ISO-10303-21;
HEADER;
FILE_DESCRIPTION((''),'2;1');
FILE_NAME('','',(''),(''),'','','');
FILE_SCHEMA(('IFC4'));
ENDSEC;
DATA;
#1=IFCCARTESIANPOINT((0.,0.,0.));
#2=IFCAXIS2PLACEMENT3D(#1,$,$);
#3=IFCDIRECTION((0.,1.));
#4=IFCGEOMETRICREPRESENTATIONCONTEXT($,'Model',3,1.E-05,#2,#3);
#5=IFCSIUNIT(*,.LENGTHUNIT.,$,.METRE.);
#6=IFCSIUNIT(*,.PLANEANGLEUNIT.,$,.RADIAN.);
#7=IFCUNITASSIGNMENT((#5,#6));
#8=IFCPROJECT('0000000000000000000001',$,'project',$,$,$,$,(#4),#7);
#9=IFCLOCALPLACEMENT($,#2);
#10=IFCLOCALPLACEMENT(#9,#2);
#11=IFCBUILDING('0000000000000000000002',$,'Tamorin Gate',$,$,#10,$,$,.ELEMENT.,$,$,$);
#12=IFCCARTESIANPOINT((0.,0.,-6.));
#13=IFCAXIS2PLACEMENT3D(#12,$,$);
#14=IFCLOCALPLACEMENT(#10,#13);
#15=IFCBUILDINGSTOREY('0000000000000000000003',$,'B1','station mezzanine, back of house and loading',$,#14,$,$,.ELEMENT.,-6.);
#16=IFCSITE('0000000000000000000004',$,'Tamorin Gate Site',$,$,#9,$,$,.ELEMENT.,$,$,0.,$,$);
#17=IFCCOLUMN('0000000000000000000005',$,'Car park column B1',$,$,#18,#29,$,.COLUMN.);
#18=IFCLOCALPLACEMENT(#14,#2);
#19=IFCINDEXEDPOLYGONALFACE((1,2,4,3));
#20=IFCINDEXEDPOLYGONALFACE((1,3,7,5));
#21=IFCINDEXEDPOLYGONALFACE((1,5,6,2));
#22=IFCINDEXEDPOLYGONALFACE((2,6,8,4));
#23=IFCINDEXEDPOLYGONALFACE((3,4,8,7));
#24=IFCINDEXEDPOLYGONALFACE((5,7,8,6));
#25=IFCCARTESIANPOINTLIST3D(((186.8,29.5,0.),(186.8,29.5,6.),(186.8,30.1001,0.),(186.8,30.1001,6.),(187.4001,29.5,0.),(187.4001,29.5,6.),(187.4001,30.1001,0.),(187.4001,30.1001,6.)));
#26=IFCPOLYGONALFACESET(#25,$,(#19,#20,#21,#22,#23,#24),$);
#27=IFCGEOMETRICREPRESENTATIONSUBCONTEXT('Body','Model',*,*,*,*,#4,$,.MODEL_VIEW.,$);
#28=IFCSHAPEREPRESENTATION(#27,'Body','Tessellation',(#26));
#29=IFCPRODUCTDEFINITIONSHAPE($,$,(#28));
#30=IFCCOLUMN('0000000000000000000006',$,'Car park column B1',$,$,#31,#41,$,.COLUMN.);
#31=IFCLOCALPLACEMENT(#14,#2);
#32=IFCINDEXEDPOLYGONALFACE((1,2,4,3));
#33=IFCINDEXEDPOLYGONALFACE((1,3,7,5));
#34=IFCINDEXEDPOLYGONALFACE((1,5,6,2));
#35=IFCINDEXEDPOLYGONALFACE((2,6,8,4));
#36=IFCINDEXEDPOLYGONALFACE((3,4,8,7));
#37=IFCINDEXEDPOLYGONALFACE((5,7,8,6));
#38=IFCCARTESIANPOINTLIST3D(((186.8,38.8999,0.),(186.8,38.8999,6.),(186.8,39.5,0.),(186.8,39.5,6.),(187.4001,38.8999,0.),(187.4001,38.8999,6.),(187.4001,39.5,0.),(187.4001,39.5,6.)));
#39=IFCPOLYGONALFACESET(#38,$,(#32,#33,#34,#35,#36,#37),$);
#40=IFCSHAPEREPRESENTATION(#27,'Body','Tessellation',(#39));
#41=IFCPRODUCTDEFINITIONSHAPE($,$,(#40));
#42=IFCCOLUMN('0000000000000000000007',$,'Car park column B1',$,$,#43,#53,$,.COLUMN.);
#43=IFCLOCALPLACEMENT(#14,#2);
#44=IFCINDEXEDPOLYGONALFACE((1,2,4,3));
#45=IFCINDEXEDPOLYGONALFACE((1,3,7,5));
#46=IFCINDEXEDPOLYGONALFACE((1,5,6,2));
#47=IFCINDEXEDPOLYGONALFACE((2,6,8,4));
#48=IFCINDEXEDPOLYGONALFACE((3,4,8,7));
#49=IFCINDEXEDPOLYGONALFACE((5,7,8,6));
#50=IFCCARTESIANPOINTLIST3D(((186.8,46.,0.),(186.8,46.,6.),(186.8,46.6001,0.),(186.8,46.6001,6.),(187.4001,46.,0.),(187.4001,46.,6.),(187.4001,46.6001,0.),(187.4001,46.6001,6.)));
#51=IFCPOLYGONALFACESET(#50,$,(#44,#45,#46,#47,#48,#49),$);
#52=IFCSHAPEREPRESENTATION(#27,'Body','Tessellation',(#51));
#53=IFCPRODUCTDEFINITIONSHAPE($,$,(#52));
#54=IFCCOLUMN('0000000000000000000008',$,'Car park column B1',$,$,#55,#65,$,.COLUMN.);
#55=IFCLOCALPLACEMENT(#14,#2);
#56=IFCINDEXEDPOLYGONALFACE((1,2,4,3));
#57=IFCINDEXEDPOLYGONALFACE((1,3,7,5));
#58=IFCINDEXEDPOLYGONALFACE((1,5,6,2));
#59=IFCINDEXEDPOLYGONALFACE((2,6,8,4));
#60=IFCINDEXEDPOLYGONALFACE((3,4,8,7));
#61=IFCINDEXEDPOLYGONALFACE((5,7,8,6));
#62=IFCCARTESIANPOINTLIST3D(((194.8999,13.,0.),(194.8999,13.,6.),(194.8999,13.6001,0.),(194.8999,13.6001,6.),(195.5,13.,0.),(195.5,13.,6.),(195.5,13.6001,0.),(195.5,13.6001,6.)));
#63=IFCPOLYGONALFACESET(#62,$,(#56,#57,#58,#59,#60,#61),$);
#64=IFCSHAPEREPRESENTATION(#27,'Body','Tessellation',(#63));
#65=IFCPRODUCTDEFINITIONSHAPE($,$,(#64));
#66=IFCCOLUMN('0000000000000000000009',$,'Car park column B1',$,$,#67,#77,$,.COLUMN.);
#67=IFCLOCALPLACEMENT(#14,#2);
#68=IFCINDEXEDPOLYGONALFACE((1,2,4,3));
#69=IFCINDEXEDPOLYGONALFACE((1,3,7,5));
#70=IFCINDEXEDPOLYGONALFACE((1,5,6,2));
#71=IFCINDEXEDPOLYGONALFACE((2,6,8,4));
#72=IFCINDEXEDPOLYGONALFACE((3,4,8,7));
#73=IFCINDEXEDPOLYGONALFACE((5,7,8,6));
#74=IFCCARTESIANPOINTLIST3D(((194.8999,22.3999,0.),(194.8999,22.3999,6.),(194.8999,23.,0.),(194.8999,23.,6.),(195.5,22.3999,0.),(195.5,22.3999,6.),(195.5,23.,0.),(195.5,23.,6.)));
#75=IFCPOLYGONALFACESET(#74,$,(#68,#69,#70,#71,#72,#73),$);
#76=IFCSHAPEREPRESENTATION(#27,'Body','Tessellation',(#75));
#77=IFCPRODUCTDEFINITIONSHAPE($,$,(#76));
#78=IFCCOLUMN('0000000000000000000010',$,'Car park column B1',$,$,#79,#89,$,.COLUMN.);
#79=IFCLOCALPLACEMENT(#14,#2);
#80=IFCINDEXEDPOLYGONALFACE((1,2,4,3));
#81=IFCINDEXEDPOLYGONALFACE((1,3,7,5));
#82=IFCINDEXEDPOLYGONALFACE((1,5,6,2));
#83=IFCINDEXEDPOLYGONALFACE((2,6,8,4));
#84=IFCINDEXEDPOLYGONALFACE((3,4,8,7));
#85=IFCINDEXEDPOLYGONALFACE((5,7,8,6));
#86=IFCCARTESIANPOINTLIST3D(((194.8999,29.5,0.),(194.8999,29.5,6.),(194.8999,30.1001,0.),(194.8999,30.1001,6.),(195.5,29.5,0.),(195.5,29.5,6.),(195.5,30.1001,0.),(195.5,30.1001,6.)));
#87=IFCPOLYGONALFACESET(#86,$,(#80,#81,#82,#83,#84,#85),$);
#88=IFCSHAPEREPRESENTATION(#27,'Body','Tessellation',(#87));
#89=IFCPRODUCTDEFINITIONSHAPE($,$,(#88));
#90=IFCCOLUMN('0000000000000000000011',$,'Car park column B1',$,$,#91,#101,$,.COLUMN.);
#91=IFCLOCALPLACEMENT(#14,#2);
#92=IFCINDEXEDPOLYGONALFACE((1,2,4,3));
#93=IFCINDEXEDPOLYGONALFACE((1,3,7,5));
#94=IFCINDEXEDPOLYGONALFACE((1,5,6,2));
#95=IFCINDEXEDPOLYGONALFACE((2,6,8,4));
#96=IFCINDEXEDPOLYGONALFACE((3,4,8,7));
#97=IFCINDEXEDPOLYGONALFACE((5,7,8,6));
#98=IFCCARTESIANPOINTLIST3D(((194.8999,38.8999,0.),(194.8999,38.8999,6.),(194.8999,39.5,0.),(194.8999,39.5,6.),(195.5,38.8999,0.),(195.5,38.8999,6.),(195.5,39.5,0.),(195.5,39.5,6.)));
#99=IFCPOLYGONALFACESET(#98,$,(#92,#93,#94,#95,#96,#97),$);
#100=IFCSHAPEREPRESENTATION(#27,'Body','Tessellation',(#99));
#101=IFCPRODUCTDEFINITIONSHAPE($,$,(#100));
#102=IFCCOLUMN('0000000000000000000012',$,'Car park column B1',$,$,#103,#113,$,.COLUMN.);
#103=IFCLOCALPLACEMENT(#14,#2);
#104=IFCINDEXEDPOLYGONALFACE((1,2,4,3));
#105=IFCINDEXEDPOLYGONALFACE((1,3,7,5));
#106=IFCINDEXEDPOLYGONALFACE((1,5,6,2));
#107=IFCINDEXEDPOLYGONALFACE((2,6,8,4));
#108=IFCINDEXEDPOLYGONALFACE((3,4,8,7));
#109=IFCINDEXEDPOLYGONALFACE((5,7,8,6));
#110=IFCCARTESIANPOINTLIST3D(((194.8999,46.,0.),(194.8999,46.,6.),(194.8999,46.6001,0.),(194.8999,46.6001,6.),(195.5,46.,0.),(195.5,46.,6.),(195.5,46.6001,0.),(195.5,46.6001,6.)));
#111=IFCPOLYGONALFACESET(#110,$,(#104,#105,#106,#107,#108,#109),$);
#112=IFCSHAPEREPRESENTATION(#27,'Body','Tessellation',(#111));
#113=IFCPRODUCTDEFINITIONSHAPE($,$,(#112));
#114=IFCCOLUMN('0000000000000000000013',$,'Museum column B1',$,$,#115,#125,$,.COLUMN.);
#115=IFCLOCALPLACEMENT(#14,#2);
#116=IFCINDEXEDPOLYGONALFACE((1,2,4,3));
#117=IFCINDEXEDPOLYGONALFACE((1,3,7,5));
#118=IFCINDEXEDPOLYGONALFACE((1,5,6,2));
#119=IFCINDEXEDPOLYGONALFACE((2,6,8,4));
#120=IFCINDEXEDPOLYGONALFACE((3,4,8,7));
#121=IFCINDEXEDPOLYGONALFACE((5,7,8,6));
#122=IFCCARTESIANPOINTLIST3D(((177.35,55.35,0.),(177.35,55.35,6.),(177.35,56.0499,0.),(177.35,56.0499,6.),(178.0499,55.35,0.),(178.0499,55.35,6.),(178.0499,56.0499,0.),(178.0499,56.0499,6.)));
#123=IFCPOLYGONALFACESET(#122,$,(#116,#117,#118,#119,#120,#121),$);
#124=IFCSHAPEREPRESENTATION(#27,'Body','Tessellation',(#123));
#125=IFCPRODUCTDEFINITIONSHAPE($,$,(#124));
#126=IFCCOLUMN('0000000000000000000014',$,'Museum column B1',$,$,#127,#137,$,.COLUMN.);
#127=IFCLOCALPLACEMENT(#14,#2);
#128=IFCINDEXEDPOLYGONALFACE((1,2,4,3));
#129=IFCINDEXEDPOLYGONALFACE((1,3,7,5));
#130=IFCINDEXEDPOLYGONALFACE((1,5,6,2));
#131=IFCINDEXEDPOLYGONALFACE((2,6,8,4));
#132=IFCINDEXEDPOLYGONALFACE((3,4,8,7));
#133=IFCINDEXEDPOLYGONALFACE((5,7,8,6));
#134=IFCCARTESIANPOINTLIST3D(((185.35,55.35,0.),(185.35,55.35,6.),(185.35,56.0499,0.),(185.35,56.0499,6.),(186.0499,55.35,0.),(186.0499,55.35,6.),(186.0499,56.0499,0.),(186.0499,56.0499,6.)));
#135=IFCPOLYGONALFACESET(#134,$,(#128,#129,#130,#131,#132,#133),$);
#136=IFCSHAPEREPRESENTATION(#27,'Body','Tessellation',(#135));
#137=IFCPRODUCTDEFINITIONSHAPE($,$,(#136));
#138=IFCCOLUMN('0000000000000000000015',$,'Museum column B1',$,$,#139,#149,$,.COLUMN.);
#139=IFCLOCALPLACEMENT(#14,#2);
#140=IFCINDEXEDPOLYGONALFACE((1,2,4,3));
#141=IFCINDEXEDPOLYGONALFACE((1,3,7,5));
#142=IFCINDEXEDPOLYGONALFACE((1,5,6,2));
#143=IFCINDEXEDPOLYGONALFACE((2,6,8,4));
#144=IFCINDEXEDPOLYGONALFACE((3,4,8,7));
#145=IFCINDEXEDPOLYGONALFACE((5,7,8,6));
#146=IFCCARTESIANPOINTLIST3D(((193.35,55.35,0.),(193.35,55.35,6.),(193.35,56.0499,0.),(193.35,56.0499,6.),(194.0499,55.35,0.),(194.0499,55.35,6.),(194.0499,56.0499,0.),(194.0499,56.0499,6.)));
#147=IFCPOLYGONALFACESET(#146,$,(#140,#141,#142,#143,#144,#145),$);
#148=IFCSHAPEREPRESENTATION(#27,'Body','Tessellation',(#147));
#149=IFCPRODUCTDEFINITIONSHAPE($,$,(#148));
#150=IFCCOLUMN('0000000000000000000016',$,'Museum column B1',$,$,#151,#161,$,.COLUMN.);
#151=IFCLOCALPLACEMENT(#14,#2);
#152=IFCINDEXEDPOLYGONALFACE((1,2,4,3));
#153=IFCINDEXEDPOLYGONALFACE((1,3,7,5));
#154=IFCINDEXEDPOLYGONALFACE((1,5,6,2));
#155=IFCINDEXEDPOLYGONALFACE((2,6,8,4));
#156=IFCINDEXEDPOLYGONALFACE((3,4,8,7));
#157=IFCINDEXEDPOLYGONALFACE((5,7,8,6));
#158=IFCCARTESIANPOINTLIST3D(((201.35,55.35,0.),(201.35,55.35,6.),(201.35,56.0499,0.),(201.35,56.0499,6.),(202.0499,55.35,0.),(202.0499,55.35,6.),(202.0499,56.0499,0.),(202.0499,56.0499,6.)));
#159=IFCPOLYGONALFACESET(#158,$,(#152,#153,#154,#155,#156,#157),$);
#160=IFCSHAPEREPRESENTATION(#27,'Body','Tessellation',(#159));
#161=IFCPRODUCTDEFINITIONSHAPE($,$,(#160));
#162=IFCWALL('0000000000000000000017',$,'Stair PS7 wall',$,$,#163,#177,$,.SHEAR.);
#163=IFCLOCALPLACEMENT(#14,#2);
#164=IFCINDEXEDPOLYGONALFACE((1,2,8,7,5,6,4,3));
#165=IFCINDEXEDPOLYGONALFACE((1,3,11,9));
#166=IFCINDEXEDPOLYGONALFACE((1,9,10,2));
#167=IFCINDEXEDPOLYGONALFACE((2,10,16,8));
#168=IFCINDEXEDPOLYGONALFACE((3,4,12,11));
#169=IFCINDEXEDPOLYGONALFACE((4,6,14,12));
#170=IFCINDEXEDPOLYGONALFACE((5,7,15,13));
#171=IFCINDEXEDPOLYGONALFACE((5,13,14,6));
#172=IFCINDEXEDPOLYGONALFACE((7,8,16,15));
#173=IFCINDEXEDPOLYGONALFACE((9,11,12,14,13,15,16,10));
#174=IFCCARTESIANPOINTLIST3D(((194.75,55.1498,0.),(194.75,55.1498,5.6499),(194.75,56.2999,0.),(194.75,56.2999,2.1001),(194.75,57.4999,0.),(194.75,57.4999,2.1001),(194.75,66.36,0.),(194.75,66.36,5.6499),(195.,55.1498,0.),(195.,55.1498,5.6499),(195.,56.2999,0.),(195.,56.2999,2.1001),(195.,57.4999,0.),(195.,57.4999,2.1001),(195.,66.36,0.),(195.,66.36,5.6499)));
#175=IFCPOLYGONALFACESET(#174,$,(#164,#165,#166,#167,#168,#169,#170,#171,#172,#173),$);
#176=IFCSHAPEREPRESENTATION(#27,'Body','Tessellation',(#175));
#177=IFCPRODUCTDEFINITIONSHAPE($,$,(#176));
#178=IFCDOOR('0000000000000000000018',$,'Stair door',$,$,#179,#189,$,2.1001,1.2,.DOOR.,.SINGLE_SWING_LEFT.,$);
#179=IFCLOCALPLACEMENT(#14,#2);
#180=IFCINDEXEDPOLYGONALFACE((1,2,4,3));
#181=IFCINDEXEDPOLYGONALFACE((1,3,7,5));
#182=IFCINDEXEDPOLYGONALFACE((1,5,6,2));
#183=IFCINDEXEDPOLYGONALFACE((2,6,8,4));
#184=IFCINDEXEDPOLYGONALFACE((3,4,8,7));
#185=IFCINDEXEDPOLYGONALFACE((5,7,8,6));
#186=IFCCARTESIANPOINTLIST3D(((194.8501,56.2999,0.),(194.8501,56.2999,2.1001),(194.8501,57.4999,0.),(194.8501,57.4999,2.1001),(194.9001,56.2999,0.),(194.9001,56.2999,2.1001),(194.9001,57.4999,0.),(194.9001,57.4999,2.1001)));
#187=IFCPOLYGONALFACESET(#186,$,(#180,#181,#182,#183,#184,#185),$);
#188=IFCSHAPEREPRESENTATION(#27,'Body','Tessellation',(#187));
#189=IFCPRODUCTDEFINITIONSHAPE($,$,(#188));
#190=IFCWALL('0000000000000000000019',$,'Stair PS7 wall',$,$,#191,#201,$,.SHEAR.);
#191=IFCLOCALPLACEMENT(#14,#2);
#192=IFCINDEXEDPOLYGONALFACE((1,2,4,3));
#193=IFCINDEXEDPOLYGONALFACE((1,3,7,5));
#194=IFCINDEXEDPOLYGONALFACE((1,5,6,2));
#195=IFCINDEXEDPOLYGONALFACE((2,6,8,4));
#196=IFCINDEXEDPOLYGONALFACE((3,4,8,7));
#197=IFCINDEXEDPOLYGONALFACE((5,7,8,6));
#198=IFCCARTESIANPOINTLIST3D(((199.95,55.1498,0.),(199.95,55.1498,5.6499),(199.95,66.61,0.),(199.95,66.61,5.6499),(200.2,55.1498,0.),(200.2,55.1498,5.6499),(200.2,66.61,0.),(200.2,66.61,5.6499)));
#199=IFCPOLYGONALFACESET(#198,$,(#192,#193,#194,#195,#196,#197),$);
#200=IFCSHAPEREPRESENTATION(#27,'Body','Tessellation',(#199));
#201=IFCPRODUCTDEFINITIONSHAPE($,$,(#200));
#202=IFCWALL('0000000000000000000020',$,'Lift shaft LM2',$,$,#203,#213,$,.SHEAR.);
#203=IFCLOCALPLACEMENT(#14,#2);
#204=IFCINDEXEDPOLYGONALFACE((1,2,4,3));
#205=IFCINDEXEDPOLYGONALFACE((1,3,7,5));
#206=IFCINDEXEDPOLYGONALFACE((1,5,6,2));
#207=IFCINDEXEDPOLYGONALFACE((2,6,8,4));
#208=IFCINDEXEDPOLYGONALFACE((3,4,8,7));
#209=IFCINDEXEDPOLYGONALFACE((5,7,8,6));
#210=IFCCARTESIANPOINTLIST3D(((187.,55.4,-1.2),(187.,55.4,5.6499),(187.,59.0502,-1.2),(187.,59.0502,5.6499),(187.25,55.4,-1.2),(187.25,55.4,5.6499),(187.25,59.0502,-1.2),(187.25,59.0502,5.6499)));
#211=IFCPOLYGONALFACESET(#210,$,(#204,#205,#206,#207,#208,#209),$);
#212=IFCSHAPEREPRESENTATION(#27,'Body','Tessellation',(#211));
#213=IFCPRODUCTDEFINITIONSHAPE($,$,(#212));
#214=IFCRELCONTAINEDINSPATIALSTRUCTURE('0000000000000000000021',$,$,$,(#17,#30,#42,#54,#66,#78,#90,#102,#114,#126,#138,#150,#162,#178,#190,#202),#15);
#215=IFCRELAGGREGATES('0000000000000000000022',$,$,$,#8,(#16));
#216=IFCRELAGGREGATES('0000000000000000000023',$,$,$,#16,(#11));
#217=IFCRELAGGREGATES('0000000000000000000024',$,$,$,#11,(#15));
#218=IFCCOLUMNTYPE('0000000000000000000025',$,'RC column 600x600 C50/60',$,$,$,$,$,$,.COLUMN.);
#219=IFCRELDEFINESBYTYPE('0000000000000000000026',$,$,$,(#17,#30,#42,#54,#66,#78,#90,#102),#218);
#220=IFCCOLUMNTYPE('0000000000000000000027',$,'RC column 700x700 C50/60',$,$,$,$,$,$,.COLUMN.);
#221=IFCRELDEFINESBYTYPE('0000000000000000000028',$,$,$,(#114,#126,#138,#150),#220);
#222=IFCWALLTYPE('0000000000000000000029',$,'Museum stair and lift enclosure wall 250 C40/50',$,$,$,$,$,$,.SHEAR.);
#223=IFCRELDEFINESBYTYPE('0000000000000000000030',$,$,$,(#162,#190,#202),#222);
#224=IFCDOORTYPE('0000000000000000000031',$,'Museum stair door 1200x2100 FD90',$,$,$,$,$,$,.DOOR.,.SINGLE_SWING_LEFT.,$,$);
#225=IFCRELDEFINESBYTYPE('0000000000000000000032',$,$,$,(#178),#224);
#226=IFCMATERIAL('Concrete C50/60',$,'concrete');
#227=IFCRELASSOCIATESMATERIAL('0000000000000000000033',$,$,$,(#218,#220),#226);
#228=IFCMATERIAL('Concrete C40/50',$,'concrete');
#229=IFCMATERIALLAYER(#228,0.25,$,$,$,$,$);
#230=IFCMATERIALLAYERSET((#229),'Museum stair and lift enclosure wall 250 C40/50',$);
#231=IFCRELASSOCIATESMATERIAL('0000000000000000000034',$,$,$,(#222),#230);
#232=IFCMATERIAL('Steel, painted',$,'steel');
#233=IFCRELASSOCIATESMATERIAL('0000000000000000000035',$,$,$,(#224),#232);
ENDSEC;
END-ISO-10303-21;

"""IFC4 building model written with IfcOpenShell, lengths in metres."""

from ifc_helpers import new_model, si_unit, direction, frame, frame_2d, origin, origin_2d, place, context, subcontext, project, spatial, rectangle, extrude, material, layer, layer_set, material_profile, profile_set, type_object, element, fill, save


model = new_model("IFC4")

# Units and contexts
model_context = context("Model", 3, precision=1e-05, world=origin(), true_north=direction((0.0, 1.0)))
body_context = subcontext(model_context, "Body", "Model", "MODEL_VIEW")
ifc_project = project(units=[si_unit("LENGTHUNIT", "METRE"), si_unit("PLANEANGLEUNIT", "RADIAN")], contexts=[model_context])

# Site, building, storey
site_placement = place(None, origin())
site = spatial("IfcSite", under=ifc_project, at=site_placement, Name="Tamorin Gate Site", CompositionType="ELEMENT", RefElevation=0.0)
building_placement = place(site_placement, origin())
building = spatial("IfcBuilding", under=site, at=building_placement, Name="Tamorin Gate", CompositionType="ELEMENT")
storey_placement = place(building_placement, frame((0.0, 0.0, -6.0)))
storey = spatial("IfcBuildingStorey", under=building, at=storey_placement, Name="B1", Description="station mezzanine, back of house and loading", CompositionType="ELEMENT", Elevation=-6.0)

# Shared definitions
ifc_material_1 = material(Name="Concrete C40/50", Category="concrete")

# Columns
ifc_material_2 = material(Name="Concrete C50/60", Category="concrete")
ifc_material_profile_1 = material_profile(ifc_material_2, rectangle(XDim=0.6001, YDim=0.6001, at=origin_2d()))
ifc_profile_set_1 = profile_set([ifc_material_profile_1], Name="Concrete C50/60")
column_type_1 = type_object("IfcColumnType", Name="RC column 600x600 C50/60", PredefinedType="COLUMN", material=ifc_profile_set_1)
for number, where, z_axis, x_axis, name in (
    (1, (187.1001, 29.8, 0.0), (0.0, 0.0, 1.0), (1.0, 0.0, 0.0), "Car park column B1"),
    (2, (187.1001, 39.2, 0.0), (0.0, 0.0, 1.0), (1.0, 0.0, 0.0), "Car park column B1"),
    (3, (187.1001, 46.3, 0.0), (0.0, 0.0, 1.0), (1.0, 0.0, 0.0), "Car park column B1"),
    (4, (195.2, 13.3, 0.0), (0.0, 0.0, 1.0), (1.0, 0.0, 0.0), "Car park column B1"),
    (5, (195.2, 22.7, 0.0), (0.0, 0.0, 1.0), (1.0, 0.0, 0.0), "Car park column B1"),
    (6, (195.2, 29.8, 0.0), (0.0, 0.0, 1.0), (1.0, 0.0, 0.0), "Car park column B1"),
    (7, (195.2, 39.2, 0.0), (0.0, 0.0, 1.0), (1.0, 0.0, 0.0), "Car park column B1"),
    (8, (195.2, 46.3, 0.0), (0.0, 0.0, 1.0), (1.0, 0.0, 0.0), "Car park column B1"),
):
    element("IfcColumn", number, at=place(storey_placement, frame(where, z_axis=z_axis, x_axis=x_axis)), inside=storey, type_object=column_type_1, Name=name, PredefinedType="COLUMN", context=body_context, shape_type="SweptSolid", body=[
        extrude(rectangle(XDim=0.6001, YDim=0.6001, at=origin_2d()), origin(), (0.0, 0.0, 1.0), 6.0),
    ])
ifc_material_profile_2 = material_profile(ifc_material_2, rectangle(XDim=0.7, YDim=0.7, at=origin_2d()), Name="RC 700x700")
ifc_profile_set_2 = profile_set([ifc_material_profile_2], Name="Concrete C50/60")
column_type_2 = type_object("IfcColumnType", Name="RC column 700x700 C50/60", PredefinedType="COLUMN", material=ifc_profile_set_2)
for number, where, z_axis, x_axis, name in (
    (9, (177.7, 55.7, 0.0), (0.0, 0.0, 1.0), (1.0, 0.0, 0.0), "Museum column B1"),
    (10, (185.7, 55.7, 0.0), (0.0, 0.0, 1.0), (1.0, 0.0, 0.0), "Museum column B1"),
    (11, (193.7, 55.7, 0.0), (0.0, 0.0, 1.0), (1.0, 0.0, 0.0), "Museum column B1"),
    (12, (201.7, 55.7, 0.0), (0.0, 0.0, 1.0), (1.0, 0.0, 0.0), "Museum column B1"),
):
    element("IfcColumn", number, at=place(storey_placement, frame(where, z_axis=z_axis, x_axis=x_axis)), inside=storey, type_object=column_type_2, Name=name, PredefinedType="COLUMN", context=body_context, shape_type="SweptSolid", body=[
        extrude(rectangle(XDim=0.7, YDim=0.7, at=origin_2d()), origin(), (0.0, 0.0, 1.0), 6.0),
    ])

# Wall, opening, door
ifc_layer = layer(ifc_material_1, 0.25)
ifc_layer_set = layer_set([ifc_layer], Name="Museum stair and lift enclosure wall 250 C40/50")
wall_type = type_object("IfcWallType", Name="Museum stair and lift enclosure wall 250 C40/50", PredefinedType="SHEAR", material=ifc_layer_set)
wall_1_placement = place(storey_placement, frame((194.875, 55.1499, 0.0), z_axis=(0.0, 0.0, 1.0), x_axis=(0.0, 1.0, 0.0)))
wall_1 = element("IfcWall", 13, at=wall_1_placement, inside=storey, type_object=wall_type, Name="Stair PS7 wall", PredefinedType="SHEAR", context=body_context, shape_type="SweptSolid", body=[
    extrude(rectangle(XDim=11.2102, YDim=0.25, at=frame_2d((5.605, 0.0))), origin(), (0.0, 0.0, 1.0), 5.6499),
])
opening_placement = place(wall_1_placement, frame((1.1499, 0.0, 0.0)))
opening = element("IfcOpeningElement", 14, at=opening_placement, cuts=wall_1, PredefinedType="OPENING", context=body_context, shape_type="SweptSolid", body=[
    extrude(rectangle(XDim=1.2, YDim=2.1001, at=frame_2d((0.6001, 1.05))), frame((0.0, 0.135, 0.0), z_axis=(0.0, -1.0, 0.0), x_axis=(1.0, 0.0, 0.0)), (0.0, 0.0, 1.0), 0.27),
])
ifc_material_3 = material(Name="Steel, painted", Category="steel")
door_type = type_object("IfcDoorType", Name="Museum stair door 1200x2100 FD90", OperationType="SINGLE_SWING_LEFT", PredefinedType="DOOR", material=ifc_material_3)
door_placement = place(opening_placement, origin())
door = element("IfcDoor", 15, at=door_placement, inside=storey, type_object=door_type, Name="Stair door", OperationType="SINGLE_SWING_LEFT", OverallHeight=2.1001, OverallWidth=1.2, PredefinedType="DOOR", context=body_context, shape_type="SweptSolid", body=[
    extrude(rectangle(XDim=1.2, YDim=2.1001, at=frame_2d((0.6001, 1.05))), frame((0.0, 0.0249, 0.0), z_axis=(0.0, -1.0, 0.0), x_axis=(1.0, 0.0, 0.0)), (0.0, 0.0, 1.0), 0.05),
])
fill(opening, door)

# Walls
wall_2_placement = place(storey_placement, frame((200.075, 55.1499, 0.0), z_axis=(0.0, 0.0, 1.0), x_axis=(0.0, 1.0, 0.0)))
element("IfcWall", 16, at=wall_2_placement, inside=storey, type_object=wall_type, Name="Stair PS7 wall", PredefinedType="SHEAR", context=body_context, shape_type="SweptSolid", body=[
    extrude(rectangle(XDim=11.4602, YDim=0.25, at=frame_2d((5.73, 0.0))), origin(), (0.0, 0.0, 1.0), 5.6499),
])
for number, where, z_axis, x_axis, name in (
    (17, (187.125, 55.3999, -1.2), (0.0, 0.0, 1.0), (0.0, 1.0, 0.0), "Lift shaft LM2"),
):
    element("IfcWall", number, at=place(storey_placement, frame(where, z_axis=z_axis, x_axis=x_axis)), inside=storey, type_object=wall_type, Name=name, PredefinedType="SHEAR", context=body_context, shape_type="SweptSolid", body=[
        extrude(rectangle(XDim=3.6501, YDim=0.25, at=frame_2d((1.8252, 0.0))), origin(), (0.0, 0.0, 1.0), 6.8499),
    ])

save(model, "model.ifc")
